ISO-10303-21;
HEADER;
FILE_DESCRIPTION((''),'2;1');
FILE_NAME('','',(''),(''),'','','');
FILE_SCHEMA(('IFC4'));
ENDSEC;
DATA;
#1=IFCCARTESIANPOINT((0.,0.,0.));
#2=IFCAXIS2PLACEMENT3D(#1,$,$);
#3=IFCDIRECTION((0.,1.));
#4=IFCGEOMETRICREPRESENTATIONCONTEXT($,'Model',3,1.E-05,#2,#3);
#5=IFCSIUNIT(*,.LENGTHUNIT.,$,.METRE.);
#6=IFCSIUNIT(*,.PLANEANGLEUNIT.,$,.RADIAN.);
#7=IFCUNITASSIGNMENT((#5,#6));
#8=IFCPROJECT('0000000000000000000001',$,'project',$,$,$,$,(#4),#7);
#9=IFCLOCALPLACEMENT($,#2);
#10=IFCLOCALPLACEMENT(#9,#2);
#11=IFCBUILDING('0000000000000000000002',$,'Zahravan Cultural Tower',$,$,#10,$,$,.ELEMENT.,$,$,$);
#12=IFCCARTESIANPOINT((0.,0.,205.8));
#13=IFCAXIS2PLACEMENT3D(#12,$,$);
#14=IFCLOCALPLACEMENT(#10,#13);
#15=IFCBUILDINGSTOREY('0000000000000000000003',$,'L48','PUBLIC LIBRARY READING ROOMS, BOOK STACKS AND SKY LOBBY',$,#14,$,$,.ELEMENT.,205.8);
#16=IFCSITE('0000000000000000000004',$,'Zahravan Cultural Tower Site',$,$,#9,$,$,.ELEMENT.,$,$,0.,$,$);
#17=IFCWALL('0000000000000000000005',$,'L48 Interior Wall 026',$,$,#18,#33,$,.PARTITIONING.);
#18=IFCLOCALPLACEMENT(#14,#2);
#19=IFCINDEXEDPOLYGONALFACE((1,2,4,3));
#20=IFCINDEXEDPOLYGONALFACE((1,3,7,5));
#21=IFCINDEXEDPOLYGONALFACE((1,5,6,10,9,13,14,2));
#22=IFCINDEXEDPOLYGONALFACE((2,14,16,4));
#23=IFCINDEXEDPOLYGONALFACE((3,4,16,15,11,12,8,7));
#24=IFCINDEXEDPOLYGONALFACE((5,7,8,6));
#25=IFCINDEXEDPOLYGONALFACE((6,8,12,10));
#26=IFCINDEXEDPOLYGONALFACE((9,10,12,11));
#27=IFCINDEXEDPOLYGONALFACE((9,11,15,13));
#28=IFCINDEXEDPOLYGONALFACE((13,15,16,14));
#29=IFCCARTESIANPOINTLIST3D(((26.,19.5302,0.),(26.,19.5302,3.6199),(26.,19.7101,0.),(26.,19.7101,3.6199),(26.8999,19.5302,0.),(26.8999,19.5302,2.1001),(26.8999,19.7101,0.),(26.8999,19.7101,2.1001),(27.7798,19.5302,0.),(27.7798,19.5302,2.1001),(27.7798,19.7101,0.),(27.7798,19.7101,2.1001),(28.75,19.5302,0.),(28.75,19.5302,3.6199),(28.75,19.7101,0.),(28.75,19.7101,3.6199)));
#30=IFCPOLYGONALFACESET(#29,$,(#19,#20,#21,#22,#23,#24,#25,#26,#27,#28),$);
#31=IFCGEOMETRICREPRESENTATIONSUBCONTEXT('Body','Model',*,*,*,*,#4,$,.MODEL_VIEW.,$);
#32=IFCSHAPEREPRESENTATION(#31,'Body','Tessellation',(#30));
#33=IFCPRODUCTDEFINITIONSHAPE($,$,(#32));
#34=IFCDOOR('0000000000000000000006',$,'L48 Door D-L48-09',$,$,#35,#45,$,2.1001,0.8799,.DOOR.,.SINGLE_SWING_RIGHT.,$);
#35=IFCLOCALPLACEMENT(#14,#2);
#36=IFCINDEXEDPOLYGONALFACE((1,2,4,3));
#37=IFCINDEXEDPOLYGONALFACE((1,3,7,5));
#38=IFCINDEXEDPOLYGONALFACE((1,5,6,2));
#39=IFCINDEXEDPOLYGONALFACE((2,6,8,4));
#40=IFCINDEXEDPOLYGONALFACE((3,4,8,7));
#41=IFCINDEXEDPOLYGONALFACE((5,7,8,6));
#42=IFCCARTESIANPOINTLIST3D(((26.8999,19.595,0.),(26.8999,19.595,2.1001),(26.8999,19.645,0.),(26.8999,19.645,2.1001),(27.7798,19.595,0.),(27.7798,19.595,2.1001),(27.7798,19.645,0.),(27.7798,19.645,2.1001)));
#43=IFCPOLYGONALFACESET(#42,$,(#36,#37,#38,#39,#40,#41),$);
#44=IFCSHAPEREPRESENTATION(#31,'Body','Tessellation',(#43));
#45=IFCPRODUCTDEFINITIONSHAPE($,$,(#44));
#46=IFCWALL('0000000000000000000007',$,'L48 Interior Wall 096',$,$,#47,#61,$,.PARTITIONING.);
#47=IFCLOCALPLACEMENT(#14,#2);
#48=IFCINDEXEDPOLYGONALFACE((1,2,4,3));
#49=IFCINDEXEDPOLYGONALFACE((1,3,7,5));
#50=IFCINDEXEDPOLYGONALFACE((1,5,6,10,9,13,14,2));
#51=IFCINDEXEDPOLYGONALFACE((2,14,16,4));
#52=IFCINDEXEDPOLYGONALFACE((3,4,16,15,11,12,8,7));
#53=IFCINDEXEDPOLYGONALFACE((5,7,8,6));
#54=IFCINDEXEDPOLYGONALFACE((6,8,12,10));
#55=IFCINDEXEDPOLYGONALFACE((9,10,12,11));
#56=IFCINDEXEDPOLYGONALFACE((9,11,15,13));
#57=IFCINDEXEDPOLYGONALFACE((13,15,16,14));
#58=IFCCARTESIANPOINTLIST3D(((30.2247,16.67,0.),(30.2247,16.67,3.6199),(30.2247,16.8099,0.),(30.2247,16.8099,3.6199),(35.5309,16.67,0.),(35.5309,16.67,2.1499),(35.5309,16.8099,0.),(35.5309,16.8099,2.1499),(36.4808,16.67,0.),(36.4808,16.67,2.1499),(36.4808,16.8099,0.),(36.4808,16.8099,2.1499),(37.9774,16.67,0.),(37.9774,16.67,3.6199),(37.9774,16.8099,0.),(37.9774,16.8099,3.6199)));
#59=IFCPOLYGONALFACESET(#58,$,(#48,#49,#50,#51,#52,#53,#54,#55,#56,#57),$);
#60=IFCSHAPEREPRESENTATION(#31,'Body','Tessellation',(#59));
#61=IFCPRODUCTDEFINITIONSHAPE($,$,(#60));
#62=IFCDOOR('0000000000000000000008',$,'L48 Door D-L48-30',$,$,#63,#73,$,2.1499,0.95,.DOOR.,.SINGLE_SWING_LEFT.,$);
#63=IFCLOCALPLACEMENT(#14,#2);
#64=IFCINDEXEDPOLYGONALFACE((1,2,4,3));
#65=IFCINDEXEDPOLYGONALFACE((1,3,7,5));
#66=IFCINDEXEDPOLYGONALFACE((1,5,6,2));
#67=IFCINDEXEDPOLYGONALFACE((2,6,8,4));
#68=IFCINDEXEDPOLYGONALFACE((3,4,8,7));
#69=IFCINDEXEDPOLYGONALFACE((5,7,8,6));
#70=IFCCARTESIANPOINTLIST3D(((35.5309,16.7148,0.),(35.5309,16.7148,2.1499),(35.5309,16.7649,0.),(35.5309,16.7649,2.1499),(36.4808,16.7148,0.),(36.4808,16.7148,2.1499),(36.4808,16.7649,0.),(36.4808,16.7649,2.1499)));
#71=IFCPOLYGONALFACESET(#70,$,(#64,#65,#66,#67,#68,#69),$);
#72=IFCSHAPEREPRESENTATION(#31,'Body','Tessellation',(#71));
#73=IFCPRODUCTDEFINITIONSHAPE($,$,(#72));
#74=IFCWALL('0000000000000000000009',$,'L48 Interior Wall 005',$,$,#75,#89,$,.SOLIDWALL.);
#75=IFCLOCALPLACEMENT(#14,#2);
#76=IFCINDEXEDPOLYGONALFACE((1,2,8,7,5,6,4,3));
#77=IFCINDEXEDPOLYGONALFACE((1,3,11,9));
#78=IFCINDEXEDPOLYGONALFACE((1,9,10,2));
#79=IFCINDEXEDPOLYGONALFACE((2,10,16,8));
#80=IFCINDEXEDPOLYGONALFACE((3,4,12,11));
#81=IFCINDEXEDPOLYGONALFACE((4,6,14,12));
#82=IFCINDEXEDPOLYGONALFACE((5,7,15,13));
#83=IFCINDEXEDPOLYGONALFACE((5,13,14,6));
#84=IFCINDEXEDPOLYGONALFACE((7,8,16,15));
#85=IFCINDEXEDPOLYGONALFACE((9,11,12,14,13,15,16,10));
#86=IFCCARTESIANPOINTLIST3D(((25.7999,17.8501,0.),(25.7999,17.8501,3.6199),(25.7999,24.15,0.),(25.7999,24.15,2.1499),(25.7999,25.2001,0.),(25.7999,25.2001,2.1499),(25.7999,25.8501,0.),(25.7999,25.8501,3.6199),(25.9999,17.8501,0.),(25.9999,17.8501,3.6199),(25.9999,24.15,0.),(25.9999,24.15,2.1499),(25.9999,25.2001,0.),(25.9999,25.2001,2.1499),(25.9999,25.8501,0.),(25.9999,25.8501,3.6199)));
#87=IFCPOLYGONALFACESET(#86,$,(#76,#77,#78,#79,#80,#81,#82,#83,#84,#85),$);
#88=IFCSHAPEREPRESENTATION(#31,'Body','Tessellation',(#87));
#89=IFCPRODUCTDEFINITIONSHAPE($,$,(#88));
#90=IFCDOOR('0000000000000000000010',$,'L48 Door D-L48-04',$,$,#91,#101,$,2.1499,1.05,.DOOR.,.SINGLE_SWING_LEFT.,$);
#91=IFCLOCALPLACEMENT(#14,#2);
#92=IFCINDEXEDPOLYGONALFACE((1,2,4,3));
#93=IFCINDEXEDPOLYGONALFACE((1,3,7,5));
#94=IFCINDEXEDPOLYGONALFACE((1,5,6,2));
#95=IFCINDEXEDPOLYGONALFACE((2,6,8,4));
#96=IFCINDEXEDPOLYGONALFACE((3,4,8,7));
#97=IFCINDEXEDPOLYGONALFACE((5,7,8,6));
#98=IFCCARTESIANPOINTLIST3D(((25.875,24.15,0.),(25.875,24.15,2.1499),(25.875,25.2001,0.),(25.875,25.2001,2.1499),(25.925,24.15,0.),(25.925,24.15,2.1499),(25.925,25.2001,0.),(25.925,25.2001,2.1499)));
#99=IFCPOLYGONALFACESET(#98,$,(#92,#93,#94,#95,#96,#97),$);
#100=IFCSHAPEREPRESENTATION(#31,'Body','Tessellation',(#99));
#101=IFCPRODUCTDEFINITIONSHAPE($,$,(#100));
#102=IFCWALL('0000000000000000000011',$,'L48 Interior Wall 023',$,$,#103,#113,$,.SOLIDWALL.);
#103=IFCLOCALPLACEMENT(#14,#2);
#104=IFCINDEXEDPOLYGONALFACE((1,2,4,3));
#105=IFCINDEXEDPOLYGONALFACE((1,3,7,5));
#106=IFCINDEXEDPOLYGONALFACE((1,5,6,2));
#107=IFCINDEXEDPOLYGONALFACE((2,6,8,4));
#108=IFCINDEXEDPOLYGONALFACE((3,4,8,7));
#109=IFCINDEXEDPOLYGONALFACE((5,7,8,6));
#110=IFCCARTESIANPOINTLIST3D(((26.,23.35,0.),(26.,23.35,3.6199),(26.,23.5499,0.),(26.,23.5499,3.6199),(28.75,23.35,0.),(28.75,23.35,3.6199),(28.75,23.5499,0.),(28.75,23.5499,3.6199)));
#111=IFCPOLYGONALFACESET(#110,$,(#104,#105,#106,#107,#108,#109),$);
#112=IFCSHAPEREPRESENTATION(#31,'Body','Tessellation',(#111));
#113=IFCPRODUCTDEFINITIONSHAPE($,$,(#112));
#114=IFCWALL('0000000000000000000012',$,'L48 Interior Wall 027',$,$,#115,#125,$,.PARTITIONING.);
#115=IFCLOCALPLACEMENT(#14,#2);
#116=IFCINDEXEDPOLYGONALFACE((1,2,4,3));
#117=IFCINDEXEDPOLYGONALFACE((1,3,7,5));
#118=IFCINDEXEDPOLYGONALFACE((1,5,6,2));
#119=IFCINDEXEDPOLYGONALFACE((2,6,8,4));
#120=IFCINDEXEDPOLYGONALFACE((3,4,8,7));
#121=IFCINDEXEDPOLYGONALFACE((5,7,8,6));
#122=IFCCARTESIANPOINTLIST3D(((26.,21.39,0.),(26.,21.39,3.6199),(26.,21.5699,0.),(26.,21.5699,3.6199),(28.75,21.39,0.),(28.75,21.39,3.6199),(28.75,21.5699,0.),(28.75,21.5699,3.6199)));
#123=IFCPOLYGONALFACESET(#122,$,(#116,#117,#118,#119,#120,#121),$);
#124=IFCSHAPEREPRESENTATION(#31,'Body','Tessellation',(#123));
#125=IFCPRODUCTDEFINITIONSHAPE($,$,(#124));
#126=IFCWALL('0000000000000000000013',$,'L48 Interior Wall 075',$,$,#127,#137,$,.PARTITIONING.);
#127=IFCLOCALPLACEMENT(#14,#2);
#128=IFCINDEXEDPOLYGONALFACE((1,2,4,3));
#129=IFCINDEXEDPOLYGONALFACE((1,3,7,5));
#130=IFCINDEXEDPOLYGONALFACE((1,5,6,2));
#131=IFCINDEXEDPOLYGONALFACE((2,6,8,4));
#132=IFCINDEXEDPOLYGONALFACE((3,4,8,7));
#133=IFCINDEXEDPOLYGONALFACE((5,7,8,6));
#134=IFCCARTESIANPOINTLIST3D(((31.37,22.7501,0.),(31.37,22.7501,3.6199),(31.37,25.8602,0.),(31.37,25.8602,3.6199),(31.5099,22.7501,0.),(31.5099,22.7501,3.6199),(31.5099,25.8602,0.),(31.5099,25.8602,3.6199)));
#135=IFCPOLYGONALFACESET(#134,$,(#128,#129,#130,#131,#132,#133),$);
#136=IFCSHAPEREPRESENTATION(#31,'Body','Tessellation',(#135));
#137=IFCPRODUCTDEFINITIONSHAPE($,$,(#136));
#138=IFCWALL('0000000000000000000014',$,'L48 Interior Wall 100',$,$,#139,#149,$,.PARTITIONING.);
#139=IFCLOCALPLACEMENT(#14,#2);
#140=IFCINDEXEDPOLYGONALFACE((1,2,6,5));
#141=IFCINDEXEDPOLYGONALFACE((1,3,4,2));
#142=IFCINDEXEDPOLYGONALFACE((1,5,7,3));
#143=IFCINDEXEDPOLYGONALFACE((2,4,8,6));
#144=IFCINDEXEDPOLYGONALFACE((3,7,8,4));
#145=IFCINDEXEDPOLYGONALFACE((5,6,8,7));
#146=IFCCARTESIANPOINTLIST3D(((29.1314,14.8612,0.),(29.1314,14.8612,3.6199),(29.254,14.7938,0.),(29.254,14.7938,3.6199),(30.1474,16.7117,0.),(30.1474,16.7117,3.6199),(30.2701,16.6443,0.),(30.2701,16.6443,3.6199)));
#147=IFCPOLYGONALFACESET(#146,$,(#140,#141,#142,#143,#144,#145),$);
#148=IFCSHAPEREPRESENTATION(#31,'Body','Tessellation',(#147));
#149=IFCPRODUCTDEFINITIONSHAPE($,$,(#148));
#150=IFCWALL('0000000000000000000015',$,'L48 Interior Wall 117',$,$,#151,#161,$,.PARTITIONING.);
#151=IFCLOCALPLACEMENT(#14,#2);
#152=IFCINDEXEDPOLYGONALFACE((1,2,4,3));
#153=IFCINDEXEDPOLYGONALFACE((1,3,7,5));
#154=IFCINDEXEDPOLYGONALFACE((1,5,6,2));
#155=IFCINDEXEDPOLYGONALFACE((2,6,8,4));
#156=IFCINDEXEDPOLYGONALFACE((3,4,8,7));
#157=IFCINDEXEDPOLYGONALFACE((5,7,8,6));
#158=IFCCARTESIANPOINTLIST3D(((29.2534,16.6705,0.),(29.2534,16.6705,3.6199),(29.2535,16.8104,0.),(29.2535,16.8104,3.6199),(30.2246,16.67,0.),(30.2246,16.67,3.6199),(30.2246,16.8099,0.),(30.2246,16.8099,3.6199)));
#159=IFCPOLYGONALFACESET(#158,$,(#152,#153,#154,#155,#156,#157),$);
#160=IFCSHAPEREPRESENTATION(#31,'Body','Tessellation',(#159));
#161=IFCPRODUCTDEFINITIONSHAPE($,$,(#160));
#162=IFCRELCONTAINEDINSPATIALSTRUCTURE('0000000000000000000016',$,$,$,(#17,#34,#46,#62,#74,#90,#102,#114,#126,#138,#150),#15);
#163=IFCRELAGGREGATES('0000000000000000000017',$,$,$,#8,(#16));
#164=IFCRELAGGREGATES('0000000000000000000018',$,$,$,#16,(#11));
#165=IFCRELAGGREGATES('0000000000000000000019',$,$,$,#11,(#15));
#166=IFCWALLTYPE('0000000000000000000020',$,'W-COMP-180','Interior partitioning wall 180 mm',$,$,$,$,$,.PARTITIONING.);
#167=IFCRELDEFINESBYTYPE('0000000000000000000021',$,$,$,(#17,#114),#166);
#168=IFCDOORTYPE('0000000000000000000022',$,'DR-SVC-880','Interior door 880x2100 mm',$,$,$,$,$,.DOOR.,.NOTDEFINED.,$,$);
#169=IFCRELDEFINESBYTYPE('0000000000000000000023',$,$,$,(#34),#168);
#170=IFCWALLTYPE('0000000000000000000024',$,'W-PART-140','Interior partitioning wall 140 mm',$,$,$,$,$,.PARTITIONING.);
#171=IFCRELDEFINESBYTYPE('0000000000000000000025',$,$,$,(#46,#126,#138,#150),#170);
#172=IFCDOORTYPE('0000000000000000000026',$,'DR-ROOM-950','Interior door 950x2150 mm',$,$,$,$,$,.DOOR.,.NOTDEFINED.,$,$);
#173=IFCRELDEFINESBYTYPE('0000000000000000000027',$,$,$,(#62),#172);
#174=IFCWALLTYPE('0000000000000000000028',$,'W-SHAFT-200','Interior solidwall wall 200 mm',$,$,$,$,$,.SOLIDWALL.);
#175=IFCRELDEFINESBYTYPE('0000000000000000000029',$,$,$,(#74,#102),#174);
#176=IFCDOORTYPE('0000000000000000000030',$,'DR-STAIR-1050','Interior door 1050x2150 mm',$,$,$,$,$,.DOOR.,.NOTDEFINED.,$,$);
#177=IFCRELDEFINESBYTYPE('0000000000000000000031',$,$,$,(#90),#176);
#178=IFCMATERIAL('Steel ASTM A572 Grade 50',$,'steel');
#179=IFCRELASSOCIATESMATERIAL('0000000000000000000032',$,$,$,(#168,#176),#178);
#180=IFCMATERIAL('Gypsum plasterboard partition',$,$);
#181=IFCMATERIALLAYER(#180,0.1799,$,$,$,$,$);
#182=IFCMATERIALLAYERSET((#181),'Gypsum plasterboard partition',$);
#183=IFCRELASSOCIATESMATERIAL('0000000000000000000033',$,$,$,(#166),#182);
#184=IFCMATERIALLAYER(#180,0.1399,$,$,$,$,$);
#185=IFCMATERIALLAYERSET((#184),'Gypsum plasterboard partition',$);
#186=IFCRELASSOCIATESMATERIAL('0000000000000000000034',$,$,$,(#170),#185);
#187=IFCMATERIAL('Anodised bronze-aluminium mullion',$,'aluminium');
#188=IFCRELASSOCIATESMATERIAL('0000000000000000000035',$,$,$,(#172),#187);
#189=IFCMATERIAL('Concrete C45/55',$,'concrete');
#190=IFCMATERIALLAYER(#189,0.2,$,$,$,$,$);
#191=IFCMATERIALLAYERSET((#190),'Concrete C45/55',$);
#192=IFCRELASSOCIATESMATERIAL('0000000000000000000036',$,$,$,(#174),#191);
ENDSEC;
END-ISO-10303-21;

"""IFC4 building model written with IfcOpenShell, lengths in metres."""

from ifc_helpers import new_model, si_unit, direction, frame, frame_2d, origin, place, context, subcontext, project, spatial, rectangle, extrude, source, transform, mapped, material, layer, layer_set, type_object, element, fill, save


model = new_model("IFC4")

# Units and contexts
model_context = context("Model", 3, precision=1e-05, world=origin(), true_north=direction((0.0, 1.0)))
body_context = subcontext(model_context, "Body", "Model", "MODEL_VIEW")
ifc_project = project(units=[si_unit("LENGTHUNIT", "METRE"), si_unit("PLANEANGLEUNIT", "RADIAN")], contexts=[model_context])

# Site, building, storey
site_placement = place(None, origin())
site = spatial("IfcSite", under=ifc_project, at=site_placement, Name="Zahravan Cultural Tower Site", CompositionType="ELEMENT", RefElevation=0.0)
building_placement = place(site_placement, origin())
building = spatial("IfcBuilding", under=site, at=building_placement, Name="Zahravan Cultural Tower", CompositionType="ELEMENT")
storey_placement = place(building_placement, frame((0.0, 0.0, 205.8)))
storey = spatial("IfcBuildingStorey", under=building, at=storey_placement, Name="L48", Description="PUBLIC LIBRARY READING ROOMS, BOOK STACKS AND SKY LOBBY", CompositionType="ELEMENT", Elevation=205.8)

# Shared definitions
ifc_material_1 = material(Name="Steel ASTM A572 Grade 50", Category="steel")
door_type_1 = type_object("IfcDoorType", Name="DR-SVC-880", Description="Interior door 880x2100 mm", OperationType="NOTDEFINED", PredefinedType="DOOR", material=ifc_material_1)
shared_shape_1 = source(origin(), body_context, "Body", "SweptSolid", [
    extrude(rectangle(XDim=0.8799, YDim=2.1001, at=frame_2d((0.4399, 1.05))), frame((0.0, 0.0249, 0.0), z_axis=(0.0, -1.0, 0.0), x_axis=(1.0, 0.0, 0.0)), (0.0, 0.0, 1.0), 0.05),
])

# Walls, openings, doors
ifc_material_2 = material(Name="Gypsum plasterboard partition")
ifc_layer_1 = layer(ifc_material_2, 0.1799)
ifc_layer_set_1 = layer_set([ifc_layer_1], Name="Gypsum plasterboard partition")
wall_type_1 = type_object("IfcWallType", Name="W-COMP-180", Description="Interior partitioning wall 180 mm", PredefinedType="PARTITIONING", material=ifc_layer_set_1)
wall_1_placement = place(storey_placement, frame((26.0, 19.6201, 0.0), z_axis=(0.0, 0.0, 1.0), x_axis=(1.0, 0.0, 0.0)))
wall_1 = element("IfcWall", 1, at=wall_1_placement, inside=storey, type_object=wall_type_1, Name="L48 Interior Wall 026", PredefinedType="PARTITIONING", context=body_context, shape_type="SweptSolid", body=[
    extrude(rectangle(XDim=2.75, YDim=0.1799, at=frame_2d((1.375, 0.0))), origin(), (0.0, 0.0, 1.0), 3.6199),
])
opening_1_placement = place(wall_1_placement, frame((0.8999, 0.0, 0.0)))
opening_1 = element("IfcOpeningElement", 2, at=opening_1_placement, cuts=wall_1, PredefinedType="OPENING", context=body_context, shape_type="SweptSolid", body=[
    extrude(rectangle(XDim=0.8799, YDim=2.1001, at=frame_2d((0.4399, 1.05))), frame((0.0, 0.0999, 0.0), z_axis=(0.0, -1.0, 0.0), x_axis=(1.0, 0.0, 0.0)), (0.0, 0.0, 1.0), 0.2),
])
door_1_placement = place(opening_1_placement, origin())
door_1 = element("IfcDoor", 3, at=door_1_placement, inside=storey, type_object=door_type_1, Name="L48 Door D-L48-09", OperationType="SINGLE_SWING_RIGHT", OverallHeight=2.1001, OverallWidth=0.8799, PredefinedType="DOOR", context=body_context, shape_type="MappedRepresentation", body=[
    mapped(shared_shape_1, transform((0.0, 0.0, 0.0), x_axis=(1.0, 0.0, 0.0), y_axis=(0.0, 1.0, 0.0), z_axis=(0.0, 0.0, 1.0), scale=1.0)),
])
fill(opening_1, door_1)
ifc_layer_2 = layer(ifc_material_2, 0.1399)
ifc_layer_set_2 = layer_set([ifc_layer_2], Name="Gypsum plasterboard partition")
wall_type_2 = type_object("IfcWallType", Name="W-PART-140", Description="Interior partitioning wall 140 mm", PredefinedType="PARTITIONING", material=ifc_layer_set_2)
wall_2_placement = place(storey_placement, frame((30.2246, 16.74, 0.0), z_axis=(0.0, 0.0, 1.0), x_axis=(1.0, 0.0, 0.0)))
wall_2 = element("IfcWall", 4, at=wall_2_placement, inside=storey, type_object=wall_type_2, Name="L48 Interior Wall 096", PredefinedType="PARTITIONING", context=body_context, shape_type="SweptSolid", body=[
    extrude(rectangle(XDim=7.7527, YDim=0.1399, at=frame_2d((3.8765, 0.0))), origin(), (0.0, 0.0, 1.0), 3.6199),
])
opening_2_placement = place(wall_2_placement, frame((5.3062, 0.0, 0.0)))
opening_2 = element("IfcOpeningElement", 5, at=opening_2_placement, cuts=wall_2, PredefinedType="OPENING", context=body_context, shape_type="SweptSolid", body=[
    extrude(rectangle(XDim=0.95, YDim=2.1499, at=frame_2d((0.4751, 1.075))), frame((0.0, 0.0798, 0.0), z_axis=(0.0, -1.0, 0.0), x_axis=(1.0, 0.0, 0.0)), (0.0, 0.0, 1.0), 0.1599),
])
ifc_material_3 = material(Name="Anodised bronze-aluminium mullion", Category="aluminium")
door_type_2 = type_object("IfcDoorType", Name="DR-ROOM-950", Description="Interior door 950x2150 mm", OperationType="NOTDEFINED", PredefinedType="DOOR", material=ifc_material_3)
shared_shape_2 = source(origin(), body_context, "Body", "SweptSolid", [
    extrude(rectangle(XDim=0.95, YDim=2.1499, at=frame_2d((0.4751, 1.075))), frame((0.0, 0.0249, 0.0), z_axis=(0.0, -1.0, 0.0), x_axis=(1.0, 0.0, 0.0)), (0.0, 0.0, 1.0), 0.05),
])
door_2_placement = place(opening_2_placement, origin())
door_2 = element("IfcDoor", 6, at=door_2_placement, inside=storey, type_object=door_type_2, Name="L48 Door D-L48-30", OperationType="SINGLE_SWING_LEFT", OverallHeight=2.1499, OverallWidth=0.95, PredefinedType="DOOR", context=body_context, shape_type="MappedRepresentation", body=[
    mapped(shared_shape_2, transform((0.0, 0.0, 0.0), x_axis=(1.0, 0.0, 0.0), y_axis=(0.0, 1.0, 0.0), z_axis=(0.0, 0.0, 1.0), scale=1.0)),
])
fill(opening_2, door_2)
ifc_material_4 = material(Name="Concrete C45/55", Category="concrete")
ifc_layer_3 = layer(ifc_material_4, 0.2)
ifc_layer_set_3 = layer_set([ifc_layer_3], Name="Concrete C45/55")
wall_type_3 = type_object("IfcWallType", Name="W-SHAFT-200", Description="Interior solidwall wall 200 mm", PredefinedType="SOLIDWALL", material=ifc_layer_set_3)
wall_3_placement = place(storey_placement, frame((25.8999, 17.8501, 0.0), z_axis=(0.0, 0.0, 1.0), x_axis=(0.0, 1.0, 0.0)))
wall_3 = element("IfcWall", 7, at=wall_3_placement, inside=storey, type_object=wall_type_3, Name="L48 Interior Wall 005", PredefinedType="SOLIDWALL", context=body_context, shape_type="SweptSolid", body=[
    extrude(rectangle(XDim=8.0, YDim=0.2, at=frame_2d((4.0, 0.0))), origin(), (0.0, 0.0, 1.0), 3.6199),
])
opening_3_placement = place(wall_3_placement, frame((6.3, 0.0, 0.0)))
opening_3 = element("IfcOpeningElement", 8, at=opening_3_placement, cuts=wall_3, PredefinedType="OPENING", context=body_context, shape_type="SweptSolid", body=[
    extrude(rectangle(XDim=1.05, YDim=2.1499, at=frame_2d((0.5249, 1.075))), frame((0.0, 0.1099, 0.0), z_axis=(0.0, -1.0, 0.0), x_axis=(1.0, 0.0, 0.0)), (0.0, 0.0, 1.0), 0.22),
])
door_type_3 = type_object("IfcDoorType", Name="DR-STAIR-1050", Description="Interior door 1050x2150 mm", OperationType="NOTDEFINED", PredefinedType="DOOR", material=ifc_material_1)
shared_shape_3 = source(origin(), body_context, "Body", "SweptSolid", [
    extrude(rectangle(XDim=1.05, YDim=2.1499, at=frame_2d((0.5249, 1.075))), frame((0.0, 0.0249, 0.0), z_axis=(0.0, -1.0, 0.0), x_axis=(1.0, 0.0, 0.0)), (0.0, 0.0, 1.0), 0.05),
])
door_3_placement = place(opening_3_placement, origin())
door_3 = element("IfcDoor", 9, at=door_3_placement, inside=storey, type_object=door_type_3, Name="L48 Door D-L48-04", OperationType="SINGLE_SWING_LEFT", OverallHeight=2.1499, OverallWidth=1.05, PredefinedType="DOOR", context=body_context, shape_type="MappedRepresentation", body=[
    mapped(shared_shape_3, transform((0.0, 0.0, 0.0), x_axis=(1.0, 0.0, 0.0), y_axis=(0.0, 1.0, 0.0), z_axis=(0.0, 0.0, 1.0), scale=1.0)),
])
fill(opening_3, door_3)

# Walls
shared_shape_4 = source(origin(), body_context, "Body", "SweptSolid", [
    extrude(rectangle(XDim=2.75, YDim=0.2, at=frame_2d((1.375, 0.0))), origin(), (0.0, 0.0, 1.0), 3.6199),
])
wall_4_placement = place(storey_placement, frame((26.0, 23.45, 0.0), z_axis=(0.0, 0.0, 1.0), x_axis=(1.0, 0.0, 0.0)))
element("IfcWall", 10, at=wall_4_placement, inside=storey, type_object=wall_type_3, Name="L48 Interior Wall 023", PredefinedType="SOLIDWALL", context=body_context, shape_type="MappedRepresentation", body=[
    mapped(shared_shape_4, transform((0.0, 0.0, 0.0), x_axis=(1.0, 0.0, 0.0), y_axis=(0.0, 1.0, 0.0), z_axis=(0.0, 0.0, 1.0), scale=1.0)),
])
shared_shape_5 = source(origin(), body_context, "Body", "SweptSolid", [
    extrude(rectangle(XDim=2.75, YDim=0.1799, at=frame_2d((1.375, 0.0))), origin(), (0.0, 0.0, 1.0), 3.6199),
])
wall_5_placement = place(storey_placement, frame((26.0, 21.48, 0.0), z_axis=(0.0, 0.0, 1.0), x_axis=(1.0, 0.0, 0.0)))
element("IfcWall", 11, at=wall_5_placement, inside=storey, type_object=wall_type_1, Name="L48 Interior Wall 027", PredefinedType="PARTITIONING", context=body_context, shape_type="MappedRepresentation", body=[
    mapped(shared_shape_5, transform((0.0, 0.0, 0.0), x_axis=(1.0, 0.0, 0.0), y_axis=(0.0, 1.0, 0.0), z_axis=(0.0, 0.0, 1.0), scale=1.0)),
])
shared_shape_6 = source(origin(), body_context, "Body", "SweptSolid", [
    extrude(rectangle(XDim=3.1101, YDim=0.1399, at=frame_2d((1.5552, 0.0))), origin(), (0.0, 0.0, 1.0), 3.6199),
])
wall_6_placement = place(storey_placement, frame((31.4399, 22.75, 0.0), z_axis=(0.0, 0.0, 1.0), x_axis=(0.0, 1.0, 0.0)))
element("IfcWall", 12, at=wall_6_placement, inside=storey, type_object=wall_type_2, Name="L48 Interior Wall 075", PredefinedType="PARTITIONING", context=body_context, shape_type="MappedRepresentation", body=[
    mapped(shared_shape_6, transform((0.0, 0.0, 0.0), x_axis=(1.0, 0.0, 0.0), y_axis=(0.0, 1.0, 0.0), z_axis=(0.0, 0.0, 1.0), scale=1.0)),
])
shared_shape_7 = source(origin(), body_context, "Body", "SweptSolid", [
    extrude(rectangle(XDim=2.1111, YDim=0.1399, at=frame_2d((1.0557, 0.0))), origin(), (0.0, 0.0, 1.0), 3.6199),
])
wall_7_placement = place(storey_placement, frame((29.1926, 14.8274, 0.0), z_axis=(0.0, 0.0, 1.0), x_axis=(0.481297, 0.876558, 0.0)))
element("IfcWall", 13, at=wall_7_placement, inside=storey, type_object=wall_type_2, Name="L48 Interior Wall 100", PredefinedType="PARTITIONING", context=body_context, shape_type="MappedRepresentation", body=[
    mapped(shared_shape_7, transform((0.0, 0.0, 0.0), x_axis=(1.0, 0.0, 0.0), y_axis=(0.0, 1.0, 0.0), z_axis=(0.0, 0.0, 1.0), scale=1.0)),
])
shared_shape_8 = source(origin(), body_context, "Body", "SweptSolid", [
    extrude(rectangle(XDim=0.9712, YDim=0.1399, at=frame_2d((0.4856, 0.0))), origin(), (0.0, 0.0, 1.0), 3.6199),
])
wall_8_placement = place(storey_placement, frame((29.2534, 16.7405, 0.0), z_axis=(0.0, 0.0, 1.0), x_axis=(1.0, -0.000503, 0.0)))
element("IfcWall", 14, at=wall_8_placement, inside=storey, type_object=wall_type_2, Name="L48 Interior Wall 117", PredefinedType="PARTITIONING", context=body_context, shape_type="MappedRepresentation", body=[
    mapped(shared_shape_8, transform((0.0, 0.0, 0.0), x_axis=(1.0, 0.0, 0.0), y_axis=(0.0, 1.0, 0.0), z_axis=(0.0, 0.0, 1.0), scale=1.0)),
])

save(model, "model.ifc")
